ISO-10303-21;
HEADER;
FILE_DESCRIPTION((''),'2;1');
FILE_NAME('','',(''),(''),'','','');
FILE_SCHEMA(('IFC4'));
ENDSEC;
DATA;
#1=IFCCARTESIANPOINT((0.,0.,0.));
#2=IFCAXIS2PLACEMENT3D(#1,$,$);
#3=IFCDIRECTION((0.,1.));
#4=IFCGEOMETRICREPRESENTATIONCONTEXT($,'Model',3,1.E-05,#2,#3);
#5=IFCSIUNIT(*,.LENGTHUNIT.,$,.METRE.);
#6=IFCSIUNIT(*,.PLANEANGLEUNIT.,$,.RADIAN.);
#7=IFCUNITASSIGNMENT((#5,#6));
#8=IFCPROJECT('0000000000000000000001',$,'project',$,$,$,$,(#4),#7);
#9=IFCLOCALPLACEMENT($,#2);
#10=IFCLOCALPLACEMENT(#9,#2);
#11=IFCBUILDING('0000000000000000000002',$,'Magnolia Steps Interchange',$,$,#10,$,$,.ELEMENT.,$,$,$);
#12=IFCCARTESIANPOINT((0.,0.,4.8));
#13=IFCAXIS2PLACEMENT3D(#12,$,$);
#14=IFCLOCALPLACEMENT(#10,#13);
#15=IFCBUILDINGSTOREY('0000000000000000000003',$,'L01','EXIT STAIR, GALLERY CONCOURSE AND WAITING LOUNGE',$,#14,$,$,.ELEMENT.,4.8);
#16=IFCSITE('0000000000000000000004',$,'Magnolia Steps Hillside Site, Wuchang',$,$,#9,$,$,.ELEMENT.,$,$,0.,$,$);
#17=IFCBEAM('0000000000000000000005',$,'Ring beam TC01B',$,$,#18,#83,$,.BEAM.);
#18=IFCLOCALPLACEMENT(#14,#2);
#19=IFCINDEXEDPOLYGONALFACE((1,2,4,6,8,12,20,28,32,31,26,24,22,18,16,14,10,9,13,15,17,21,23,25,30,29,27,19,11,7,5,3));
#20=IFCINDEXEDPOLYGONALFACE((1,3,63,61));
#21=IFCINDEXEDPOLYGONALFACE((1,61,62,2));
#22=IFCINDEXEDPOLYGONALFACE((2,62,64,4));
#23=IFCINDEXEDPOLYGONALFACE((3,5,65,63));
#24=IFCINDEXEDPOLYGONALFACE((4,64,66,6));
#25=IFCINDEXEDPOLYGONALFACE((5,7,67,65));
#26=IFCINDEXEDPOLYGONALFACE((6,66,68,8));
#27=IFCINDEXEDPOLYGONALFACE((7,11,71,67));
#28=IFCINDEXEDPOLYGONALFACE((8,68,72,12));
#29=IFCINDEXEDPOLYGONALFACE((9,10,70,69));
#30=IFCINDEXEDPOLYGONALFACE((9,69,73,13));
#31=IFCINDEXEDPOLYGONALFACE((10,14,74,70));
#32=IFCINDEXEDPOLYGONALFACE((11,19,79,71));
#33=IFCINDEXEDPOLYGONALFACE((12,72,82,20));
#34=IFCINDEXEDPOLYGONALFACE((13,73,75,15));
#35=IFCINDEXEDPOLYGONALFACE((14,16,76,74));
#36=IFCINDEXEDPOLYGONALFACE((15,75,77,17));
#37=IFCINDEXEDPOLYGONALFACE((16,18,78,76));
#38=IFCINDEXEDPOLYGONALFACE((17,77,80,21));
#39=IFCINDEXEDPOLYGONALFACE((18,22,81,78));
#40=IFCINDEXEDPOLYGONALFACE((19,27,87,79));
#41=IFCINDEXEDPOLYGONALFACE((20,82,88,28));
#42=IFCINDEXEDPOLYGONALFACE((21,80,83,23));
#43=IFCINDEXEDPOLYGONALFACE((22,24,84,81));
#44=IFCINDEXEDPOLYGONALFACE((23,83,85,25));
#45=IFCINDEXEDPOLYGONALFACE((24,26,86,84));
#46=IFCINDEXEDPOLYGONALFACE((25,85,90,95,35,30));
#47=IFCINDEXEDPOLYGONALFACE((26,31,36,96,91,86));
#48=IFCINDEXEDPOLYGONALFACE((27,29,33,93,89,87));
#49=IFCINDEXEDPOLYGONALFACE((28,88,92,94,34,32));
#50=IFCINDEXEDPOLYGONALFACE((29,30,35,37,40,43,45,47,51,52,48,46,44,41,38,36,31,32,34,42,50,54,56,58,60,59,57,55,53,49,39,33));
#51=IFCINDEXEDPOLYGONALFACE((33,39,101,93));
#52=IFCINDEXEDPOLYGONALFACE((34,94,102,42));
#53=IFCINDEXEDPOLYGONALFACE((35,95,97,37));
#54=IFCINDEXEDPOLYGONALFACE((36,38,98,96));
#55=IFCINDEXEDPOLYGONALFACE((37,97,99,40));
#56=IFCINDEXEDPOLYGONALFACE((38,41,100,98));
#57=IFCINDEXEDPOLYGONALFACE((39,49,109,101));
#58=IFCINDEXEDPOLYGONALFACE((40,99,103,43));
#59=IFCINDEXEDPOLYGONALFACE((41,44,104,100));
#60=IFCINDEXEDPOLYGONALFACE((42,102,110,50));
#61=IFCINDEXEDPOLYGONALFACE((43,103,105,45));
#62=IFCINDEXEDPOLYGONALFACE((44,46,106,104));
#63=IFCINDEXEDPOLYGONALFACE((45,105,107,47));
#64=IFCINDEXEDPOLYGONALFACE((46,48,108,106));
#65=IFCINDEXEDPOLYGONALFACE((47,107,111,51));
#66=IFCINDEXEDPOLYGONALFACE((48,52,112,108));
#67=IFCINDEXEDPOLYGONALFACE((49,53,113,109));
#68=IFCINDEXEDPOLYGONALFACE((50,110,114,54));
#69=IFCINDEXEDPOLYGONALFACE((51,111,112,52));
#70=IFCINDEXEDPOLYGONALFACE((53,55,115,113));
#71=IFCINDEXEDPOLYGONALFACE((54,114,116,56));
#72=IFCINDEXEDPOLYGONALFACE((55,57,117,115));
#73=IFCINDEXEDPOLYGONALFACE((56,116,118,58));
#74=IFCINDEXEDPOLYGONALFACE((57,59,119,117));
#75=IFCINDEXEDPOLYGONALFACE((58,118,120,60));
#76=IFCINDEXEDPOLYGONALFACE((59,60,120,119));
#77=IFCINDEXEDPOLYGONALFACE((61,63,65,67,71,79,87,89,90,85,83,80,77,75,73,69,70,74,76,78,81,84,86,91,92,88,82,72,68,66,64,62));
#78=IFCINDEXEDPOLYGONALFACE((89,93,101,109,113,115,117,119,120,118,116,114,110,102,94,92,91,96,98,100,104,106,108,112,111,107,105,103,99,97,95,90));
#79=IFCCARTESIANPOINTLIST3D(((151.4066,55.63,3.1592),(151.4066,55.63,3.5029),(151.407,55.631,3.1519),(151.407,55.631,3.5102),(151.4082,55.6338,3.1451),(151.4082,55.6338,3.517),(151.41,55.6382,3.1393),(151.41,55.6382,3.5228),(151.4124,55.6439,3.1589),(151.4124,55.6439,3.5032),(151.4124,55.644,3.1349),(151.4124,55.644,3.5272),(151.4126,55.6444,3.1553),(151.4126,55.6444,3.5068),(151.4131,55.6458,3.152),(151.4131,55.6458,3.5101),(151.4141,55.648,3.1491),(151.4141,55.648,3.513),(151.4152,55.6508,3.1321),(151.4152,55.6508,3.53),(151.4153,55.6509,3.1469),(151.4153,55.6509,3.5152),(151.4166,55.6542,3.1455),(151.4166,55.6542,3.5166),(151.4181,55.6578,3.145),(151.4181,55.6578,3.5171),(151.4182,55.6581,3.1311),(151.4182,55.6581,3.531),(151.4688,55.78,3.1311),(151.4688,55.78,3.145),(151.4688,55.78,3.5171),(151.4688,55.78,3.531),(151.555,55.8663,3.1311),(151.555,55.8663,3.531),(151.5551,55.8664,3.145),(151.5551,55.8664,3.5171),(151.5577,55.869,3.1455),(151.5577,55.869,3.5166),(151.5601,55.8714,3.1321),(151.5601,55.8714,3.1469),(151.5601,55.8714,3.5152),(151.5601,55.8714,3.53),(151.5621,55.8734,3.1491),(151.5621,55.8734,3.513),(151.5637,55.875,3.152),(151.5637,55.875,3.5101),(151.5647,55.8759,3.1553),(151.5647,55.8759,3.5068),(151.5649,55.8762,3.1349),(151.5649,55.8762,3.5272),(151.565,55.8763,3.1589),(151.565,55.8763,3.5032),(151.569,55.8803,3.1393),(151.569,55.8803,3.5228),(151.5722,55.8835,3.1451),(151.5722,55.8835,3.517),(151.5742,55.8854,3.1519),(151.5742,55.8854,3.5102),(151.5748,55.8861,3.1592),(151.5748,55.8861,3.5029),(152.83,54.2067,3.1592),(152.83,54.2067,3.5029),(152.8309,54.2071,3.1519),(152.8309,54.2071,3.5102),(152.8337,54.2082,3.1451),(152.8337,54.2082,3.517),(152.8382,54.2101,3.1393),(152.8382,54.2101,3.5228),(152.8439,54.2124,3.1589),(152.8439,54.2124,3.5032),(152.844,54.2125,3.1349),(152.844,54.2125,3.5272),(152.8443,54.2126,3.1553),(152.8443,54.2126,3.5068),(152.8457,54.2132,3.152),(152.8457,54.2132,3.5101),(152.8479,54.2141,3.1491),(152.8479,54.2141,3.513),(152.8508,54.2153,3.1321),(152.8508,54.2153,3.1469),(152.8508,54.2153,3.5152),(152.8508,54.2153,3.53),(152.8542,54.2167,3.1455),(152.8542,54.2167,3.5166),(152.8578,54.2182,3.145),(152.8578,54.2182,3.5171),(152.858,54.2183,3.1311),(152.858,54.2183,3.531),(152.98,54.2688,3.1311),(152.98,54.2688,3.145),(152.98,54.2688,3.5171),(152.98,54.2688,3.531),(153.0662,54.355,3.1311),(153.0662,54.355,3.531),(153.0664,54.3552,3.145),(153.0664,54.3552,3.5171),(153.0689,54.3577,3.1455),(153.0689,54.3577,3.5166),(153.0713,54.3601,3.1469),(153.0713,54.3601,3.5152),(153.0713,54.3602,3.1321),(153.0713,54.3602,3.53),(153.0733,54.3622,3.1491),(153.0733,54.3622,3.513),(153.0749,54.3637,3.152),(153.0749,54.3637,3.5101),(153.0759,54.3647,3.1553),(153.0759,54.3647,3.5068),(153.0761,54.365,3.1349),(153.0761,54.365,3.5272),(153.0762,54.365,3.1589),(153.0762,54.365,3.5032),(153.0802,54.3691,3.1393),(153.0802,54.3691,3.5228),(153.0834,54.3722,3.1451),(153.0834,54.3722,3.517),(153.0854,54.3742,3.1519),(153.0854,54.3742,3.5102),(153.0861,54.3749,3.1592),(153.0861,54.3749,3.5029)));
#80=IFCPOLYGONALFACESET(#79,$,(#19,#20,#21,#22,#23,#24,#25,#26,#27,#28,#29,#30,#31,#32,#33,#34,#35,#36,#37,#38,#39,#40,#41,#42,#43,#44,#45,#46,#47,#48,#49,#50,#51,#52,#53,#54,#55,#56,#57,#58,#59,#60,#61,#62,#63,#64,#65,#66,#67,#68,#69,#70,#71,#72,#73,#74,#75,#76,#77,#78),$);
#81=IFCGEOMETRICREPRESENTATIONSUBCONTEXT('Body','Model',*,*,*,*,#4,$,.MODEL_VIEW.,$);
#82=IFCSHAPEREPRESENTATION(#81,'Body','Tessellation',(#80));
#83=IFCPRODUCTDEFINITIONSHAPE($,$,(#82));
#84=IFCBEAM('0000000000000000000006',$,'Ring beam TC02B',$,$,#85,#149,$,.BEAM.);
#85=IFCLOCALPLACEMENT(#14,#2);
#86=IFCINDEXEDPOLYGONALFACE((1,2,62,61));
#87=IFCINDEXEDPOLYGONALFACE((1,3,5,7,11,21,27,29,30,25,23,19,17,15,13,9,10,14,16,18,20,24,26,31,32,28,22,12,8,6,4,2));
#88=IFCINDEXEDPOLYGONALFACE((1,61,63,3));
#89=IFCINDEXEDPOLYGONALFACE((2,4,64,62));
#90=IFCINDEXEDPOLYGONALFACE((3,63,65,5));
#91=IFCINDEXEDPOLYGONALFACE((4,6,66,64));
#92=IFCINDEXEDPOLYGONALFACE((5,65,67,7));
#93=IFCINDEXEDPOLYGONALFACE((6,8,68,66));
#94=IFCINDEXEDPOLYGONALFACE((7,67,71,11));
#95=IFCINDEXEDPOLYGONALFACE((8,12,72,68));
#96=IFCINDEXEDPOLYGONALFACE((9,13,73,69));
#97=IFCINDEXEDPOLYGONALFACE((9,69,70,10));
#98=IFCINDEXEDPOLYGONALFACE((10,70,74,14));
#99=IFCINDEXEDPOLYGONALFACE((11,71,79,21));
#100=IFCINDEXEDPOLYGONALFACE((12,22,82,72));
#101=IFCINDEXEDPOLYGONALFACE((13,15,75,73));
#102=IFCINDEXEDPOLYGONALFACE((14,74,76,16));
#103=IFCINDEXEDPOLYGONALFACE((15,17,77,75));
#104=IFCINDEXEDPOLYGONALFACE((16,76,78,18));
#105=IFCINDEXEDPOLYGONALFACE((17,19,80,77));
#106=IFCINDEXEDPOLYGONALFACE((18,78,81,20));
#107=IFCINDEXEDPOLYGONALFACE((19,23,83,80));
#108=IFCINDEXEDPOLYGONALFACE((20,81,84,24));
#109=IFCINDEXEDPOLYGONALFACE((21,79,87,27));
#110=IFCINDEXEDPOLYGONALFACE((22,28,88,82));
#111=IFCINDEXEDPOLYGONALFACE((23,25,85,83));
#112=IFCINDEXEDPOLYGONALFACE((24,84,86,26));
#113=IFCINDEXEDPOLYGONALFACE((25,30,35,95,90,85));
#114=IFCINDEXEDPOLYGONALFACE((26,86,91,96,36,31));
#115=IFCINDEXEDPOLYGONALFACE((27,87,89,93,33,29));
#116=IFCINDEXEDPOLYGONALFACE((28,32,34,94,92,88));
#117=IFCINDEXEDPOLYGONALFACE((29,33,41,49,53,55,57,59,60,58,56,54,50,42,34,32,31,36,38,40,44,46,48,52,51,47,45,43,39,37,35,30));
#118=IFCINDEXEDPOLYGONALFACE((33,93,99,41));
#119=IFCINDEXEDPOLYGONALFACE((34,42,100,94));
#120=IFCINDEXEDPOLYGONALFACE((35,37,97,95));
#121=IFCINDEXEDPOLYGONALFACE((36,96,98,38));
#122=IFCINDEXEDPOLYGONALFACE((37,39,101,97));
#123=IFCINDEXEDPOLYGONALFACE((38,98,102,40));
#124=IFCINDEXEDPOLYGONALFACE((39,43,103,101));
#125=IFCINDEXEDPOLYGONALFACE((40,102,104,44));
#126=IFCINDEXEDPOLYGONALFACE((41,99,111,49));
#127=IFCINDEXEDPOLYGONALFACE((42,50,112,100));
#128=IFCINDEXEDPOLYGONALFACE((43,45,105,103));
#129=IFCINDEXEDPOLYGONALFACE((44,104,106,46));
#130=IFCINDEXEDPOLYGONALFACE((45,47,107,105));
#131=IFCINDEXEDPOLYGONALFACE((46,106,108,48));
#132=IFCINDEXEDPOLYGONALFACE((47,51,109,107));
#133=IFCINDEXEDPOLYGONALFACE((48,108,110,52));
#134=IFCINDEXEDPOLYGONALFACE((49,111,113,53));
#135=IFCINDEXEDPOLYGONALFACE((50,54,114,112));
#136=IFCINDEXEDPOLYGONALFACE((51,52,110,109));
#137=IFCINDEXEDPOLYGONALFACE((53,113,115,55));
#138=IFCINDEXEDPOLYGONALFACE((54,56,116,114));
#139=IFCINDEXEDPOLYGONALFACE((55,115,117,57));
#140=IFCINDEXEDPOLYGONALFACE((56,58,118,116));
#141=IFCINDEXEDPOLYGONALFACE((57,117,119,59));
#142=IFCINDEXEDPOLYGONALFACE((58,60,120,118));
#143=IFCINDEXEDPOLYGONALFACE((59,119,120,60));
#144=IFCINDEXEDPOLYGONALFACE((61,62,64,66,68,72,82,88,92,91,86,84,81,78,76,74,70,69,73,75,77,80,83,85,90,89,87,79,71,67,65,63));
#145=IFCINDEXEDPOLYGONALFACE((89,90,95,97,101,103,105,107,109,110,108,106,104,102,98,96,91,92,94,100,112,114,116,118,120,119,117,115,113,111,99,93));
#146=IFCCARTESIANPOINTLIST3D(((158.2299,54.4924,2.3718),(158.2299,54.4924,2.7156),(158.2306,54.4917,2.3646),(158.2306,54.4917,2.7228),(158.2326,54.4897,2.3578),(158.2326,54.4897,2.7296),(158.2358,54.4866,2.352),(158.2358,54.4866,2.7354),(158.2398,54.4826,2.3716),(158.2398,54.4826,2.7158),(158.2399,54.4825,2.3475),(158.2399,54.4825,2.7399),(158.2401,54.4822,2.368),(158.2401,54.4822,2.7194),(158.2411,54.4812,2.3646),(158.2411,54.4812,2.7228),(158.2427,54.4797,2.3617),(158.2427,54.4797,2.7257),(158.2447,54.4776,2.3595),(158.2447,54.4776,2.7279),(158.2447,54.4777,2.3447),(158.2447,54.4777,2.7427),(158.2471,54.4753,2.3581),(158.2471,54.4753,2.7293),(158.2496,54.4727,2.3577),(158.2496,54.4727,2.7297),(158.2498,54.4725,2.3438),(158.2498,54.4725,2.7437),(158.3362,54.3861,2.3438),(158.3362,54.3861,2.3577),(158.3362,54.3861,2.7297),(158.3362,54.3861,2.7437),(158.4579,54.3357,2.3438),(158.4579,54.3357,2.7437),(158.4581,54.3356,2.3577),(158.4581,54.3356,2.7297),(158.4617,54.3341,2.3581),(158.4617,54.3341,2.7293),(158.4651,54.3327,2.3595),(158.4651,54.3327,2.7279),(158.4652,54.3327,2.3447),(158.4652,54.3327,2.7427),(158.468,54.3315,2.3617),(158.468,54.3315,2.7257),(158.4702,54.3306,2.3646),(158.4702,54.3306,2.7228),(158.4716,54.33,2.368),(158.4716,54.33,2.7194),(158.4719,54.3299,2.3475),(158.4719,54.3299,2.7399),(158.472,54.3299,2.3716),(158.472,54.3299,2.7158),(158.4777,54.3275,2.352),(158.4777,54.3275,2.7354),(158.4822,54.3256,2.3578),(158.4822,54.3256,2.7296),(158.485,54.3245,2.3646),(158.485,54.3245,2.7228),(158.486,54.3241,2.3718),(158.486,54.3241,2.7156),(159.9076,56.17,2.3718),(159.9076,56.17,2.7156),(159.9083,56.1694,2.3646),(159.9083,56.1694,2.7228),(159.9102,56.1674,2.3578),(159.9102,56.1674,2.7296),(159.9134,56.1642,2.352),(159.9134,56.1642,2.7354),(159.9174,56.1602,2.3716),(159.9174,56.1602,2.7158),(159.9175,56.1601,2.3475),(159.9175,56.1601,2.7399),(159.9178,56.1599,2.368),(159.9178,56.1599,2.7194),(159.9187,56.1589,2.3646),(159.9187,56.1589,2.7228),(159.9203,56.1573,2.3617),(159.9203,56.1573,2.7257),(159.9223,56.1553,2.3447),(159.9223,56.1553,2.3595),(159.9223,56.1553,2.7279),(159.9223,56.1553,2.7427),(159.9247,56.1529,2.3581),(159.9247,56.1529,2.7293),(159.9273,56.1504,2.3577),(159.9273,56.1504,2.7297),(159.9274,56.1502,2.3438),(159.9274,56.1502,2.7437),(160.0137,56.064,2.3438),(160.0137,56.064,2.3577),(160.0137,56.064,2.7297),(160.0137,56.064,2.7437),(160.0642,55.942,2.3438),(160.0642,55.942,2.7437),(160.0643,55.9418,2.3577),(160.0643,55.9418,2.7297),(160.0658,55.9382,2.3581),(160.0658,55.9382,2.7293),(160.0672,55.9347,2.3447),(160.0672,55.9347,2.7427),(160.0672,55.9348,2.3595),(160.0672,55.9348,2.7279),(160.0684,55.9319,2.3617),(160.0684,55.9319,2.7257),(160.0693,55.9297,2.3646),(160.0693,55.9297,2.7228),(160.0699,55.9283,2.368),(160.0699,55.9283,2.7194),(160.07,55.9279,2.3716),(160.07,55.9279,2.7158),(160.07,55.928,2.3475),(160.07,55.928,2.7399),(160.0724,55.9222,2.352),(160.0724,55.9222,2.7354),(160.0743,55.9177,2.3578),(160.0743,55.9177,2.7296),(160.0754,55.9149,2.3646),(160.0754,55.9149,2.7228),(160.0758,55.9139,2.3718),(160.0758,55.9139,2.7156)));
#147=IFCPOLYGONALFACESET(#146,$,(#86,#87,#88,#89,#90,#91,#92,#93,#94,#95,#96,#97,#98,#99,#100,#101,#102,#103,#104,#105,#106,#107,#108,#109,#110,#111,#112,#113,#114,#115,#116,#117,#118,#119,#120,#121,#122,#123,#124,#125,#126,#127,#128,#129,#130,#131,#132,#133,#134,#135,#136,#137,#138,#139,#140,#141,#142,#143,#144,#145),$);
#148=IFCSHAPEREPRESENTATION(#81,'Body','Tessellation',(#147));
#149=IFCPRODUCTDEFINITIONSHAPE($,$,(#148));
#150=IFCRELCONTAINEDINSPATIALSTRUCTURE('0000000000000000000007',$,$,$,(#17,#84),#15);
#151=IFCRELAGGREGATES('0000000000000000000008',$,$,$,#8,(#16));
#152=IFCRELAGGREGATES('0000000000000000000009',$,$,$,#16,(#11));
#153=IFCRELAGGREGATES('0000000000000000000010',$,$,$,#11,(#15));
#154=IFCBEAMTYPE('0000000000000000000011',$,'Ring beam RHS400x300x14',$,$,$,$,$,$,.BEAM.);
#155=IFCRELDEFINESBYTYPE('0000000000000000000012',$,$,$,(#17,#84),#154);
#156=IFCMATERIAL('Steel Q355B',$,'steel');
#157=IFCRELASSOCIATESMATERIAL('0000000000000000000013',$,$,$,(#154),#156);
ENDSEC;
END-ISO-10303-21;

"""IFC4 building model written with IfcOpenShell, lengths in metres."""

from ifc_helpers import new_model, si_unit, direction, frame, origin, origin_2d, place, context, subcontext, project, spatial, hollow_rectangle, extrude, clip, halfspace, material, material_profile, profile_set, type_object, element, save


model = new_model("IFC4")

# Units and contexts
model_context = context("Model", 3, precision=1e-05, world=origin(), true_north=direction((0.0, 1.0)))
body_context = subcontext(model_context, "Body", "Model", "MODEL_VIEW")
ifc_project = project(units=[si_unit("LENGTHUNIT", "METRE"), si_unit("PLANEANGLEUNIT", "RADIAN")], contexts=[model_context])

# Site, building, storey
site_placement = place(None, origin())
site = spatial("IfcSite", under=ifc_project, at=site_placement, Name="Magnolia Steps Hillside Site, Wuchang", CompositionType="ELEMENT", RefElevation=0.0)
building_placement = place(site_placement, origin())
building = spatial("IfcBuilding", under=site, at=building_placement, Name="Magnolia Steps Interchange", CompositionType="ELEMENT")
storey_placement = place(building_placement, frame((0.0, 0.0, 4.8)))
storey = spatial("IfcBuildingStorey", under=building, at=storey_placement, Name="L01", Description="EXIT STAIR, GALLERY CONCOURSE AND WAITING LOUNGE", CompositionType="ELEMENT", Elevation=4.8)

# Beams
ifc_material_1 = material(Name="Steel Q355B", Category="steel")
ifc_material_profile_1 = material_profile(ifc_material_1, hollow_rectangle(XDim=0.3, YDim=0.3999, WallThickness=0.0139, InnerFilletRadius=0.0139, OuterFilletRadius=0.0281, at=origin_2d()), Name="RHS400x300x14")
ifc_profile_set_1 = profile_set([ifc_material_profile_1], Name="Steel Q355B")
beam_type_1 = type_object("IfcBeamType", Name="Ring beam RHS400x300x14", PredefinedType="BEAM", material=ifc_profile_set_1)
beam_1_placement = place(storey_placement, frame((152.98, 54.2688, 3.3311), z_axis=(-0.707107, 0.707107, 0.0), x_axis=(-0.707107, -0.707107, 0.0)))
element("IfcBeam", 1, at=beam_1_placement, inside=storey, type_object=beam_type_1, Name="Ring beam TC01B", PredefinedType="BEAM", context=body_context, shape_type="Clipping", body=[
    clip(clip(extrude(hollow_rectangle(XDim=0.3, YDim=0.3999, WallThickness=0.0139, InnerFilletRadius=0.0139, OuterFilletRadius=0.0281, at=origin_2d()), origin(), (0.0, 0.0, 1.0), 2.1372), halfspace(frame((0.0, 0.0, 0.0), z_axis=(0.382683, 0.0, -0.92388), x_axis=(0.92388, 0.0, 0.382683)), False)), halfspace(frame((0.0, 0.0, 2.1372), z_axis=(0.382683, 0.0, 0.92388), x_axis=(0.92388, 0.0, -0.382683)), False)),
])
beam_2_placement = place(storey_placement, frame((160.0137, 56.064, 2.5437), z_axis=(-0.707107, -0.707107, 0.0), x_axis=(0.707107, -0.707107, 0.0)))
element("IfcBeam", 2, at=beam_2_placement, inside=storey, type_object=beam_type_1, Name="Ring beam TC02B", PredefinedType="BEAM", context=body_context, shape_type="Clipping", body=[
    clip(clip(extrude(hollow_rectangle(XDim=0.3, YDim=0.3999, WallThickness=0.0139, InnerFilletRadius=0.0139, OuterFilletRadius=0.0281, at=origin_2d()), origin(), (0.0, 0.0, 1.0), 2.3726), halfspace(frame((0.0, 0.0, 0.0), z_axis=(0.382683, 0.0, -0.92388), x_axis=(0.92388, 0.0, 0.382683)), False)), halfspace(frame((0.0, 0.0, 2.3727), z_axis=(0.382683, 0.0, 0.92388), x_axis=(0.92388, 0.0, -0.382683)), False)),
])

save(model, "model.ifc")
